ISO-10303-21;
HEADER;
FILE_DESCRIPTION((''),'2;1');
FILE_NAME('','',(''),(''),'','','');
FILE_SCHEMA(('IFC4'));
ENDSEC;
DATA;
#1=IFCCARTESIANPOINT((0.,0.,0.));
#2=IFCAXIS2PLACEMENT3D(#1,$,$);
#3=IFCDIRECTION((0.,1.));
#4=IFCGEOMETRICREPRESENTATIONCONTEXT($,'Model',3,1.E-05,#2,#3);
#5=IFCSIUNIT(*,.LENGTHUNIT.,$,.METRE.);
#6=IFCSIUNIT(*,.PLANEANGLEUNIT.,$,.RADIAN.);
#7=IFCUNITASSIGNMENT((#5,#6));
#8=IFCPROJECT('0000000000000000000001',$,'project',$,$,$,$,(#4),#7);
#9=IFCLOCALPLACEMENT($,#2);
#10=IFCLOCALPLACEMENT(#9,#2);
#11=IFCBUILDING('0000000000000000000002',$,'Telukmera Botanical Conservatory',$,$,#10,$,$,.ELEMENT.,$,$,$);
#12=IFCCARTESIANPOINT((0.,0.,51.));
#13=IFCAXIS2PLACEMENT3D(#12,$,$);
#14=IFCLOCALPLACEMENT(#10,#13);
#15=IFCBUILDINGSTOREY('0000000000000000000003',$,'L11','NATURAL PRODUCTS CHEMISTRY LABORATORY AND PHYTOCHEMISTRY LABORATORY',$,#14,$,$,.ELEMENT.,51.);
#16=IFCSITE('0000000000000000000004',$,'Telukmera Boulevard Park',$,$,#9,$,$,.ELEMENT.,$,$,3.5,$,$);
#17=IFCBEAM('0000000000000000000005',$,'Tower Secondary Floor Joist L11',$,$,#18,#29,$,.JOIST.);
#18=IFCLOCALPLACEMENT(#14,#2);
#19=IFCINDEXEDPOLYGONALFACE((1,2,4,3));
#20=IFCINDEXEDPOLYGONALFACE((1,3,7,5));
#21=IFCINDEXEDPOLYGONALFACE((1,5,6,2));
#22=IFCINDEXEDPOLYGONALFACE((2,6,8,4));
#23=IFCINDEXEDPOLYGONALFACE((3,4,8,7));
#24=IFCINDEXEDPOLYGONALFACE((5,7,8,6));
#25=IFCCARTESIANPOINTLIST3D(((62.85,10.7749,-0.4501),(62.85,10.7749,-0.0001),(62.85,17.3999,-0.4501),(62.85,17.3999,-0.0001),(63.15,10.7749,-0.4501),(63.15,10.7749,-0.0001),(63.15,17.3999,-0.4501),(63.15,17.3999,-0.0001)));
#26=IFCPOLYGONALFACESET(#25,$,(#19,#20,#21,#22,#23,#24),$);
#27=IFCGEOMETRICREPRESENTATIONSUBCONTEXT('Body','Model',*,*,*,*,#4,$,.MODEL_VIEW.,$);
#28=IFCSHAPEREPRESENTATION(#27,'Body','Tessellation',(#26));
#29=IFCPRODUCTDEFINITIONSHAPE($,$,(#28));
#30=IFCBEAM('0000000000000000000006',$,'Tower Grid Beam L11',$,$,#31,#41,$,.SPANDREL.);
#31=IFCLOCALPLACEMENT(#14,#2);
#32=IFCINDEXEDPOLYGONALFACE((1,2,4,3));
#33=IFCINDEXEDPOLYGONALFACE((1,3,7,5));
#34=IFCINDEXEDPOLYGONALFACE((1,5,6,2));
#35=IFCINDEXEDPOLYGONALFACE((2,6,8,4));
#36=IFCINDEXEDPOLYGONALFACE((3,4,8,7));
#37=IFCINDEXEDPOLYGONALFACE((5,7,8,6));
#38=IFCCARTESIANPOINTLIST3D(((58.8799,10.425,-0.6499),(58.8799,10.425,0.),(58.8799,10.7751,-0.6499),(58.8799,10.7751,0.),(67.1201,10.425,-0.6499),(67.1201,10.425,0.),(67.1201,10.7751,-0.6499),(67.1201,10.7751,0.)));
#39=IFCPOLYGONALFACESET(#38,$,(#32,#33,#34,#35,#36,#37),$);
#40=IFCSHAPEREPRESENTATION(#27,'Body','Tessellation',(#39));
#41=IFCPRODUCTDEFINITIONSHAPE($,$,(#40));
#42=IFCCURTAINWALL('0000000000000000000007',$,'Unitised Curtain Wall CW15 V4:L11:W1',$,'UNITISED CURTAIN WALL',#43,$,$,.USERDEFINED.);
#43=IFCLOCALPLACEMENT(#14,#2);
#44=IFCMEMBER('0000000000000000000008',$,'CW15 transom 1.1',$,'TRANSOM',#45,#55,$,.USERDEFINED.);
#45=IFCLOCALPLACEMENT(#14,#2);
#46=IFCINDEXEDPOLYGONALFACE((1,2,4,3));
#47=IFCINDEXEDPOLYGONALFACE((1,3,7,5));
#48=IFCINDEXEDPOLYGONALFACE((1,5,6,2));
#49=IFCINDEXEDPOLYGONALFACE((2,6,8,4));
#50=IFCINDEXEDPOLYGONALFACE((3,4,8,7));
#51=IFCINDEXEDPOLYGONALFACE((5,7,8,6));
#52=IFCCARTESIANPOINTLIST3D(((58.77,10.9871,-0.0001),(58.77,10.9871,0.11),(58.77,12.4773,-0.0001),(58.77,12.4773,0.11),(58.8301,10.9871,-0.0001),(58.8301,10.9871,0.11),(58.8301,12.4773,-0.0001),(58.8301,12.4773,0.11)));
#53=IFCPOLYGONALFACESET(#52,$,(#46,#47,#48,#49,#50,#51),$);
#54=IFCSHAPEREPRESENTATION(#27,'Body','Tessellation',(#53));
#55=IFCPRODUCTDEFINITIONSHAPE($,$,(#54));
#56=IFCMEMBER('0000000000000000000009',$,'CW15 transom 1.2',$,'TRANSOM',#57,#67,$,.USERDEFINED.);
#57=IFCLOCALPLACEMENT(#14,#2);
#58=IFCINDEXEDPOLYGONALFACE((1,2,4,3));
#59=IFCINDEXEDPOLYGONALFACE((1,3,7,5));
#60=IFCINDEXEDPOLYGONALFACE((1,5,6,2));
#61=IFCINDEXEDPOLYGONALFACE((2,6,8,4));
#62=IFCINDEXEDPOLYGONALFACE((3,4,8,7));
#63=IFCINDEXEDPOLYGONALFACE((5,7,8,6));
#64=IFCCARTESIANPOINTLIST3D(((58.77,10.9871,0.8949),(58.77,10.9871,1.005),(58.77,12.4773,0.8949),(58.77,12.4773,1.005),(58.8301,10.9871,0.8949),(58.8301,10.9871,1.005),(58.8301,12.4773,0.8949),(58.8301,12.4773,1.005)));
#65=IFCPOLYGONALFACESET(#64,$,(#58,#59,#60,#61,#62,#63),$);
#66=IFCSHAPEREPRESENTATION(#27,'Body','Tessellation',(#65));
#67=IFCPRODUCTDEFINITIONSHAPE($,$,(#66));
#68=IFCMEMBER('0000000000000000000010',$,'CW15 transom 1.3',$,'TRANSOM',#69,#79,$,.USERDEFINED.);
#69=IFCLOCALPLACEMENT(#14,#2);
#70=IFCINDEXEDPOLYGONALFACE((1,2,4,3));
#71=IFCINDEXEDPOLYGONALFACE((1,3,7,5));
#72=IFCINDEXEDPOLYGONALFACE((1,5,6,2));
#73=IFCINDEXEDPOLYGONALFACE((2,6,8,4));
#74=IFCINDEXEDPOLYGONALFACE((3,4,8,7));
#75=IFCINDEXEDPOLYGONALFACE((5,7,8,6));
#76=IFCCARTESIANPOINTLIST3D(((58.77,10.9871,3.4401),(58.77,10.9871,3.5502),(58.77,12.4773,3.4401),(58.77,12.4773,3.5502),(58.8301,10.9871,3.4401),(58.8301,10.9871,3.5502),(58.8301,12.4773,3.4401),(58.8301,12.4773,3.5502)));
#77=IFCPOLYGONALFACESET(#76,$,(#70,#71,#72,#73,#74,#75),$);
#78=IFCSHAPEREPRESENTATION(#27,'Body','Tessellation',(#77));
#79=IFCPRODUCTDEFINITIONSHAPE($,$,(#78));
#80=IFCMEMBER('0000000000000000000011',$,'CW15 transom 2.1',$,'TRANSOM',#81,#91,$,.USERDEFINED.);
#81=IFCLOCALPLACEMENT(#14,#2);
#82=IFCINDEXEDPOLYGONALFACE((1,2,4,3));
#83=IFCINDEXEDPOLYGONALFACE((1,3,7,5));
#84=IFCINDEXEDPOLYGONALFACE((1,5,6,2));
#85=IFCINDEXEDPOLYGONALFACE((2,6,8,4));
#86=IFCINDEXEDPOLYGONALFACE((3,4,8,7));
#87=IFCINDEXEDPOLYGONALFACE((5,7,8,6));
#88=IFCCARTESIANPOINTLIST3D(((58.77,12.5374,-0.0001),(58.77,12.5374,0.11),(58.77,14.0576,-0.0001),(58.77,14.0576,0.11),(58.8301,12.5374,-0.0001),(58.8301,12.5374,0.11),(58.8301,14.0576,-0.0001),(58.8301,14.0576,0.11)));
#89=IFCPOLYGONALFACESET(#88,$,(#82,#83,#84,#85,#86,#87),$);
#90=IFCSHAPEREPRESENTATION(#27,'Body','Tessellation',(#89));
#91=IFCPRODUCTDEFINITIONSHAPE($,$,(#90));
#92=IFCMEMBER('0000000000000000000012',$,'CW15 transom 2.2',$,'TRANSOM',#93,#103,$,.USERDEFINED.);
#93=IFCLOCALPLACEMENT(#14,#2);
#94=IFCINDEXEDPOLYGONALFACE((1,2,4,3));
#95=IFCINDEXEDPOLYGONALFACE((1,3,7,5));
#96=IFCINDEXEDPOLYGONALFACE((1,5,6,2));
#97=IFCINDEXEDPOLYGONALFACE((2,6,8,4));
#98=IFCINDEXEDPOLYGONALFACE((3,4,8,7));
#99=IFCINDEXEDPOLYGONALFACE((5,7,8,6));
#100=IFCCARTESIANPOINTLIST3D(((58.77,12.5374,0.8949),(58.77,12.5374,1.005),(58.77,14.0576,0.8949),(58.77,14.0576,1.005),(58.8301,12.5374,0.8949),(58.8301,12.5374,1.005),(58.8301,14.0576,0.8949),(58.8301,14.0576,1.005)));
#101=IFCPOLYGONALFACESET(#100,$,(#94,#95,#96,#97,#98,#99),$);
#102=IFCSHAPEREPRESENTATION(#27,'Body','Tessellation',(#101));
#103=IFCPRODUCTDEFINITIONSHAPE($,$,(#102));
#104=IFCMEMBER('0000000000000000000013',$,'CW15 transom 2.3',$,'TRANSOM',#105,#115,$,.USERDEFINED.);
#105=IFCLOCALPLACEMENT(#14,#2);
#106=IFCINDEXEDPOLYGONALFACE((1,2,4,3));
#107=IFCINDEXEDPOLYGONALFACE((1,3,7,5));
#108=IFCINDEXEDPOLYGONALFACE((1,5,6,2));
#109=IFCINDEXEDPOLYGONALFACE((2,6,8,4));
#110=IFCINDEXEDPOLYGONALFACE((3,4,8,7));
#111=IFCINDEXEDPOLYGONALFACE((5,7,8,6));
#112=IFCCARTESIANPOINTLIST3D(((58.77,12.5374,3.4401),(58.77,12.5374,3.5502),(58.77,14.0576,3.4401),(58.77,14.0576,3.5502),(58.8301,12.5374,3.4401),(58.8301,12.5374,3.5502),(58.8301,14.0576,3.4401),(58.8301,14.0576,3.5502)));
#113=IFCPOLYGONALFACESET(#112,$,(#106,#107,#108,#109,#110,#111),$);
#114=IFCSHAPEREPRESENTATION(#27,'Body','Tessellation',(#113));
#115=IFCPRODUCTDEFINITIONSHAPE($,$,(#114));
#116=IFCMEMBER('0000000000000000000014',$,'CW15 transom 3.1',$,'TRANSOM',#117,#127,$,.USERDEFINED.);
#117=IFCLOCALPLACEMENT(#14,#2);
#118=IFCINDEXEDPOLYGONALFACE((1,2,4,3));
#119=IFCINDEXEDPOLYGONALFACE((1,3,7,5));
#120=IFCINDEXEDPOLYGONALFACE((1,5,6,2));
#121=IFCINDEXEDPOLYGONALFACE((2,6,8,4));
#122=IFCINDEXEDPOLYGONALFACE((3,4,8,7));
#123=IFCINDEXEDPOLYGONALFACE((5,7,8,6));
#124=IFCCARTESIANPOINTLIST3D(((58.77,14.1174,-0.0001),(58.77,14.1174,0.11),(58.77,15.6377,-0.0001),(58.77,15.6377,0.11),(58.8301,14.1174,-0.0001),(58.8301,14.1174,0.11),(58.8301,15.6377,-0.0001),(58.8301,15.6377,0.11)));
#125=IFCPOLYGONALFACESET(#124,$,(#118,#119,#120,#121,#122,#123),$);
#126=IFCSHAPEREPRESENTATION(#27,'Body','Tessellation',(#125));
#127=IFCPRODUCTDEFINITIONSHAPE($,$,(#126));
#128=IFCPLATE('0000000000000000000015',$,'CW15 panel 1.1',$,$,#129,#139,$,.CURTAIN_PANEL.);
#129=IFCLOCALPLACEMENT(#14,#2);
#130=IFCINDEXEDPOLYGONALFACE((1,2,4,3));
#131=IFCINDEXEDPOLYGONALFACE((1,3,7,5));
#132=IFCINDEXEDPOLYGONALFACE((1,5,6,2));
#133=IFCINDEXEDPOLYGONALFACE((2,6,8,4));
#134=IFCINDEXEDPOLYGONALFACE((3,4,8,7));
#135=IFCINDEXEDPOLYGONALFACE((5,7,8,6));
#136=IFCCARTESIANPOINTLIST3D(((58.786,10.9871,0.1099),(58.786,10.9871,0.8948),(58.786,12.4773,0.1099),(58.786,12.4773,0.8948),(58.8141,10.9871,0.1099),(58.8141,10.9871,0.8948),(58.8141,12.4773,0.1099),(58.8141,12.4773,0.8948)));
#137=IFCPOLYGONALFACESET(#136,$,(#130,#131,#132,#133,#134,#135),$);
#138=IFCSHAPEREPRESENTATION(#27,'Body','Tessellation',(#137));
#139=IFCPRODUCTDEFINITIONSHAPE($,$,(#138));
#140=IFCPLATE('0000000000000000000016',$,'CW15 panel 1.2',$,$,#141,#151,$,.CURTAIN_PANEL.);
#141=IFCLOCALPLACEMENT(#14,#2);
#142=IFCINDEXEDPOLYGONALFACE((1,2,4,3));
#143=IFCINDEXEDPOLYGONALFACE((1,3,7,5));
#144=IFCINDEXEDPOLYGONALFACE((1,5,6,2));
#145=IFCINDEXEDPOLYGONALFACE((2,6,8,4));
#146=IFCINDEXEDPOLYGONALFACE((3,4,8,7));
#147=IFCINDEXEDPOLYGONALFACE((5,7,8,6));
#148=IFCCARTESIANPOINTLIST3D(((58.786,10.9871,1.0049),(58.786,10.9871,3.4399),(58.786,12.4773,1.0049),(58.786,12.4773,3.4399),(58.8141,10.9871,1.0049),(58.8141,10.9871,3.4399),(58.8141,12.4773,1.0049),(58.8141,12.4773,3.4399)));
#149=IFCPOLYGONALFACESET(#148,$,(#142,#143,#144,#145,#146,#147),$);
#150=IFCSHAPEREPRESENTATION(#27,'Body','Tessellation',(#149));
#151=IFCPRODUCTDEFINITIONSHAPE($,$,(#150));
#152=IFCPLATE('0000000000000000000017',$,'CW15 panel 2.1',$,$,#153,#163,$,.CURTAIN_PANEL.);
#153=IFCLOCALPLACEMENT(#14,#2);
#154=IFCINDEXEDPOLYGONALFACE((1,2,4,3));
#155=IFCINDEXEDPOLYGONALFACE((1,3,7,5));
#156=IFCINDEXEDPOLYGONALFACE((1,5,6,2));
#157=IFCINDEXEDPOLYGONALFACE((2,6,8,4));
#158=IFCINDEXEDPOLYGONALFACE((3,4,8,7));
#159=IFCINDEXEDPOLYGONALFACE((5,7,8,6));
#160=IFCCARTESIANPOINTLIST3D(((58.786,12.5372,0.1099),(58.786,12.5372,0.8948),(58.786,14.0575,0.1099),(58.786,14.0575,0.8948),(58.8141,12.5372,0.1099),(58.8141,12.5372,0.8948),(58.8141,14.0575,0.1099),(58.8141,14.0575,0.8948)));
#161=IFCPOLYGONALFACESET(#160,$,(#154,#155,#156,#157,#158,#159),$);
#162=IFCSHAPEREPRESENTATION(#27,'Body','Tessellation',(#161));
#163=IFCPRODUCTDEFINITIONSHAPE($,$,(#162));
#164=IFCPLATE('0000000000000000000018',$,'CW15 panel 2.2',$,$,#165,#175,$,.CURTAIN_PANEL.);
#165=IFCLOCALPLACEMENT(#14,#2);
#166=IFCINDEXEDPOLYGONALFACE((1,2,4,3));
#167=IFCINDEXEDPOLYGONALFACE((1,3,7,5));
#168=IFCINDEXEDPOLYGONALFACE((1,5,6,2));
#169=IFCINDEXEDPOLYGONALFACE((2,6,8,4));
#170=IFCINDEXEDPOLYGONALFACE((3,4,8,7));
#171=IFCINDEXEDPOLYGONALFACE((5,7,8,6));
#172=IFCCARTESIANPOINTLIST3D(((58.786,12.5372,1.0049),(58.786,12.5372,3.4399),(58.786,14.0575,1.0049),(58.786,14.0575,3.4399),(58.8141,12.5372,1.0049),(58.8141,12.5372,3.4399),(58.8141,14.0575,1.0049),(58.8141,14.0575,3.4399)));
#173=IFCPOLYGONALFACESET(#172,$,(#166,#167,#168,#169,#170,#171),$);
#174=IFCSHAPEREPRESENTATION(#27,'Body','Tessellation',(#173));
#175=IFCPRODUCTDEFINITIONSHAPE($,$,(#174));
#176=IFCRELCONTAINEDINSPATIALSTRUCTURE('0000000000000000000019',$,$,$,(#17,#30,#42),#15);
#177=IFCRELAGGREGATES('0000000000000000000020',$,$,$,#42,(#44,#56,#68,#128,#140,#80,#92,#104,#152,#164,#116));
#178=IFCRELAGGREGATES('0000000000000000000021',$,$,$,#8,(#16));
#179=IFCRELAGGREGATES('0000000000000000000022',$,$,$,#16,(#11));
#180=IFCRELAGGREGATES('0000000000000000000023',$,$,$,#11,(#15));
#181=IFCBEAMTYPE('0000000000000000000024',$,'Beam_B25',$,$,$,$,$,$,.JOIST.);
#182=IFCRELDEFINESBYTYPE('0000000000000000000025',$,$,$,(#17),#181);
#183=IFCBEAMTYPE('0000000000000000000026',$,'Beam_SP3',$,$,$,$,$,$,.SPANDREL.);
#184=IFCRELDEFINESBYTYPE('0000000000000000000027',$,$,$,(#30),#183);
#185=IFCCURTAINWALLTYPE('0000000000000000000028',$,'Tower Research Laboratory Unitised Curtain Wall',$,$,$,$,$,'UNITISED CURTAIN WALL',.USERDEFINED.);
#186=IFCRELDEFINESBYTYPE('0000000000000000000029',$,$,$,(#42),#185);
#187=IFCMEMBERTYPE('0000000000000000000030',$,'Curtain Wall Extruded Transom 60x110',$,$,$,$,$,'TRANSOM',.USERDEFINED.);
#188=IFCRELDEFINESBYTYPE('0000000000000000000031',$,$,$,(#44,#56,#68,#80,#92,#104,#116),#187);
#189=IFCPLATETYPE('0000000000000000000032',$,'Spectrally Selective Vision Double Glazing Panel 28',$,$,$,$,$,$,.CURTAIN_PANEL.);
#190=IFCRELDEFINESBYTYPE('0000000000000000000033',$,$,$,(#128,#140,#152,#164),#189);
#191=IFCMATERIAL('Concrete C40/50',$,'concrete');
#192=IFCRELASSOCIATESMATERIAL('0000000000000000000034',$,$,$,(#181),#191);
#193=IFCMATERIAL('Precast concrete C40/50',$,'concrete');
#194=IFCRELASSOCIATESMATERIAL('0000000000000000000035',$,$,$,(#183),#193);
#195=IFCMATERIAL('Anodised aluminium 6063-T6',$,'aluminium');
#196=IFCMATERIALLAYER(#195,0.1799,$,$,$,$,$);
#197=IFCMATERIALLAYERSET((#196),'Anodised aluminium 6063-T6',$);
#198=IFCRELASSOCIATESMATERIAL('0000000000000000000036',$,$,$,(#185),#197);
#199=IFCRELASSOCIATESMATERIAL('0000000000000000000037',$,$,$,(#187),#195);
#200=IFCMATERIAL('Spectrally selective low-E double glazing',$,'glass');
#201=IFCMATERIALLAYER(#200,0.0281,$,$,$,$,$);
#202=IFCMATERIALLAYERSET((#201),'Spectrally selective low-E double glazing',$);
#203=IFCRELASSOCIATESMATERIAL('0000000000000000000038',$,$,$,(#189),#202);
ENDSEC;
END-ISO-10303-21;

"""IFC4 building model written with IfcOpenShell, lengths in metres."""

from ifc_helpers import new_model, si_unit, direction, frame, origin, origin_2d, place, context, subcontext, project, spatial, rectangle, extrude, material, layer, layer_set, material_profile, profile_set, type_object, element, aggregate, save


model = new_model("IFC4")

# Units and contexts
model_context = context("Model", 3, precision=1e-05, world=origin(), true_north=direction((0.0, 1.0)))
body_context = subcontext(model_context, "Body", "Model", "MODEL_VIEW")
ifc_project = project(units=[si_unit("LENGTHUNIT", "METRE"), si_unit("PLANEANGLEUNIT", "RADIAN")], contexts=[model_context])

# Site, building, storey
site_placement = place(None, origin())
site = spatial("IfcSite", under=ifc_project, at=site_placement, Name="Telukmera Boulevard Park", CompositionType="ELEMENT", RefElevation=3.5)
building_placement = place(site_placement, origin())
building = spatial("IfcBuilding", under=site, at=building_placement, Name="Telukmera Botanical Conservatory", CompositionType="ELEMENT")
storey_placement = place(building_placement, frame((0.0, 0.0, 51.0)))
storey = spatial("IfcBuildingStorey", under=building, at=storey_placement, Name="L11", Description="NATURAL PRODUCTS CHEMISTRY LABORATORY AND PHYTOCHEMISTRY LABORATORY", CompositionType="ELEMENT", Elevation=51.0)

# Beams
ifc_material_1 = material(Name="Concrete C40/50", Category="concrete")
ifc_material_profile_1 = material_profile(ifc_material_1, rectangle(XDim=0.3, YDim=0.45, at=origin_2d()), Name="RC 300x450")
ifc_profile_set_1 = profile_set([ifc_material_profile_1], Name="Concrete C40/50")
beam_type_1 = type_object("IfcBeamType", Name="Beam_B25", PredefinedType="JOIST", material=ifc_profile_set_1)
beam_1_placement = place(storey_placement, frame((63.0, 10.7749, -0.2251), z_axis=(0.0, 1.0, 0.0), x_axis=(-1.0, 0.0, 0.0)))
element("IfcBeam", 1, at=beam_1_placement, inside=storey, type_object=beam_type_1, Name="Tower Secondary Floor Joist L11", PredefinedType="JOIST", context=body_context, shape_type="SweptSolid", body=[
    extrude(rectangle(XDim=0.3, YDim=0.45, at=origin_2d()), origin(), (0.0, 0.0, 1.0), 6.625),
])
ifc_material_2 = material(Name="Precast concrete C40/50", Category="concrete")
ifc_material_profile_2 = material_profile(ifc_material_2, rectangle(XDim=0.3501, YDim=0.6499, at=origin_2d()), Name="PC 350x650")
ifc_profile_set_2 = profile_set([ifc_material_profile_2], Name="Precast concrete C40/50")
beam_type_2 = type_object("IfcBeamType", Name="Beam_SP3", PredefinedType="SPANDREL", material=ifc_profile_set_2)
beam_2_placement = place(storey_placement, frame((58.8799, 10.6001, -0.325), z_axis=(1.0, 0.0, 0.0), x_axis=(0.0, 1.0, 0.0)))
element("IfcBeam", 2, at=beam_2_placement, inside=storey, type_object=beam_type_2, Name="Tower Grid Beam L11", PredefinedType="SPANDREL", context=body_context, shape_type="SweptSolid", body=[
    extrude(rectangle(XDim=0.3501, YDim=0.6499, at=origin_2d()), origin(), (0.0, 0.0, 1.0), 8.2402),
])

# Curtain wall, members, plates
ifc_material_3 = material(Name="Anodised aluminium 6063-T6", Category="aluminium")
ifc_layer_1 = layer(ifc_material_3, 0.1799)
ifc_layer_set_1 = layer_set([ifc_layer_1], Name="Anodised aluminium 6063-T6")
curtain_wall_type = type_object("IfcCurtainWallType", Name="Tower Research Laboratory Unitised Curtain Wall", ElementType="UNITISED CURTAIN WALL", PredefinedType="USERDEFINED", material=ifc_layer_set_1)
curtain_wall_placement = place(storey_placement, origin())
curtain_wall = element("IfcCurtainWall", 3, at=curtain_wall_placement, inside=storey, type_object=curtain_wall_type, Name="Unitised Curtain Wall CW15 V4:L11:W1", ObjectType="UNITISED CURTAIN WALL", PredefinedType="USERDEFINED")
ifc_material_profile_3 = material_profile(ifc_material_3, rectangle(XDim=0.0601, YDim=0.1101, at=origin_2d()), Name="ALU TRAN 60x110")
ifc_profile_set_3 = profile_set([ifc_material_profile_3], Name="Anodised aluminium 6063-T6")
member_type = type_object("IfcMemberType", Name="Curtain Wall Extruded Transom 60x110", ElementType="TRANSOM", PredefinedType="USERDEFINED", material=ifc_profile_set_3)
member_1_placement = place(storey_placement, frame((58.8, 10.9871, 0.0549), z_axis=(0.0, 1.0, 0.0), x_axis=(-1.0, 0.0, 0.0)))
member_1 = element("IfcMember", 4, at=member_1_placement, type_object=member_type, Name="CW15 transom 1.1", ObjectType="TRANSOM", PredefinedType="USERDEFINED", context=body_context, shape_type="SweptSolid", body=[
    extrude(rectangle(XDim=0.0601, YDim=0.1101, at=origin_2d()), origin(), (0.0, 0.0, 1.0), 1.4902),
])
member_2_placement = place(storey_placement, frame((58.8, 10.9871, 0.95), z_axis=(0.0, 1.0, 0.0), x_axis=(-1.0, 0.0, 0.0)))
member_2 = element("IfcMember", 5, at=member_2_placement, type_object=member_type, Name="CW15 transom 1.2", ObjectType="TRANSOM", PredefinedType="USERDEFINED", context=body_context, shape_type="SweptSolid", body=[
    extrude(rectangle(XDim=0.0601, YDim=0.1101, at=origin_2d()), origin(), (0.0, 0.0, 1.0), 1.4902),
])
member_3_placement = place(storey_placement, frame((58.8, 10.9871, 3.4951), z_axis=(0.0, 1.0, 0.0), x_axis=(-1.0, 0.0, 0.0)))
member_3 = element("IfcMember", 6, at=member_3_placement, type_object=member_type, Name="CW15 transom 1.3", ObjectType="TRANSOM", PredefinedType="USERDEFINED", context=body_context, shape_type="SweptSolid", body=[
    extrude(rectangle(XDim=0.0601, YDim=0.1101, at=origin_2d()), origin(), (0.0, 0.0, 1.0), 1.4902),
])
member_4_placement = place(storey_placement, frame((58.8, 12.5374, 0.0549), z_axis=(0.0, 1.0, 0.0), x_axis=(-1.0, 0.0, 0.0)))
member_4 = element("IfcMember", 7, at=member_4_placement, type_object=member_type, Name="CW15 transom 2.1", ObjectType="TRANSOM", PredefinedType="USERDEFINED", context=body_context, shape_type="SweptSolid", body=[
    extrude(rectangle(XDim=0.0601, YDim=0.1101, at=origin_2d()), origin(), (0.0, 0.0, 1.0), 1.5203),
])
member_5_placement = place(storey_placement, frame((58.8, 12.5374, 0.95), z_axis=(0.0, 1.0, 0.0), x_axis=(-1.0, 0.0, 0.0)))
member_5 = element("IfcMember", 8, at=member_5_placement, type_object=member_type, Name="CW15 transom 2.2", ObjectType="TRANSOM", PredefinedType="USERDEFINED", context=body_context, shape_type="SweptSolid", body=[
    extrude(rectangle(XDim=0.0601, YDim=0.1101, at=origin_2d()), origin(), (0.0, 0.0, 1.0), 1.5203),
])
member_6_placement = place(storey_placement, frame((58.8, 12.5374, 3.4951), z_axis=(0.0, 1.0, 0.0), x_axis=(-1.0, 0.0, 0.0)))
member_6 = element("IfcMember", 9, at=member_6_placement, type_object=member_type, Name="CW15 transom 2.3", ObjectType="TRANSOM", PredefinedType="USERDEFINED", context=body_context, shape_type="SweptSolid", body=[
    extrude(rectangle(XDim=0.0601, YDim=0.1101, at=origin_2d()), origin(), (0.0, 0.0, 1.0), 1.5203),
])
member_7_placement = place(storey_placement, frame((58.8, 14.1174, 0.0549), z_axis=(0.0, 1.0, 0.0), x_axis=(-1.0, 0.0, 0.0)))
member_7 = element("IfcMember", 10, at=member_7_placement, type_object=member_type, Name="CW15 transom 3.1", ObjectType="TRANSOM", PredefinedType="USERDEFINED", context=body_context, shape_type="SweptSolid", body=[
    extrude(rectangle(XDim=0.0601, YDim=0.1101, at=origin_2d()), origin(), (0.0, 0.0, 1.0), 1.5203),
])
ifc_material_4 = material(Name="Spectrally selective low-E double glazing", Category="glass")
ifc_layer_2 = layer(ifc_material_4, 0.0281)
ifc_layer_set_2 = layer_set([ifc_layer_2], Name="Spectrally selective low-E double glazing")
plate_type = type_object("IfcPlateType", Name="Spectrally Selective Vision Double Glazing Panel 28", PredefinedType="CURTAIN_PANEL", material=ifc_layer_set_2)
plate_1_placement = place(storey_placement, frame((58.8, 11.7322, 0.1099), z_axis=(0.0, 0.0, 1.0), x_axis=(0.0, 1.0, 0.0)))
plate_1 = element("IfcPlate", 11, at=plate_1_placement, type_object=plate_type, Name="CW15 panel 1.1", PredefinedType="CURTAIN_PANEL", context=body_context, shape_type="SweptSolid", body=[
    extrude(rectangle(XDim=1.4902, YDim=0.0281, at=origin_2d()), origin(), (0.0, 0.0, 1.0), 0.7849),
])
plate_2_placement = place(storey_placement, frame((58.8, 11.7322, 1.0049), z_axis=(0.0, 0.0, 1.0), x_axis=(0.0, 1.0, 0.0)))
plate_2 = element("IfcPlate", 12, at=plate_2_placement, type_object=plate_type, Name="CW15 panel 1.2", PredefinedType="CURTAIN_PANEL", context=body_context, shape_type="SweptSolid", body=[
    extrude(rectangle(XDim=1.4902, YDim=0.0281, at=origin_2d()), origin(), (0.0, 0.0, 1.0), 2.4351),
])
plate_3_placement = place(storey_placement, frame((58.8, 13.2974, 0.1099), z_axis=(0.0, 0.0, 1.0), x_axis=(0.0, 1.0, 0.0)))
plate_3 = element("IfcPlate", 13, at=plate_3_placement, type_object=plate_type, Name="CW15 panel 2.1", PredefinedType="CURTAIN_PANEL", context=body_context, shape_type="SweptSolid", body=[
    extrude(rectangle(XDim=1.5203, YDim=0.0281, at=origin_2d()), origin(), (0.0, 0.0, 1.0), 0.7849),
])
plate_4_placement = place(storey_placement, frame((58.8, 13.2974, 1.0049), z_axis=(0.0, 0.0, 1.0), x_axis=(0.0, 1.0, 0.0)))
plate_4 = element("IfcPlate", 14, at=plate_4_placement, type_object=plate_type, Name="CW15 panel 2.2", PredefinedType="CURTAIN_PANEL", context=body_context, shape_type="SweptSolid", body=[
    extrude(rectangle(XDim=1.5203, YDim=0.0281, at=origin_2d()), origin(), (0.0, 0.0, 1.0), 2.4351),
])
aggregate(curtain_wall, [member_1, member_2, member_3, plate_1, plate_2, member_4, member_5, member_6, plate_3, plate_4, member_7])

save(model, "model.ifc")
